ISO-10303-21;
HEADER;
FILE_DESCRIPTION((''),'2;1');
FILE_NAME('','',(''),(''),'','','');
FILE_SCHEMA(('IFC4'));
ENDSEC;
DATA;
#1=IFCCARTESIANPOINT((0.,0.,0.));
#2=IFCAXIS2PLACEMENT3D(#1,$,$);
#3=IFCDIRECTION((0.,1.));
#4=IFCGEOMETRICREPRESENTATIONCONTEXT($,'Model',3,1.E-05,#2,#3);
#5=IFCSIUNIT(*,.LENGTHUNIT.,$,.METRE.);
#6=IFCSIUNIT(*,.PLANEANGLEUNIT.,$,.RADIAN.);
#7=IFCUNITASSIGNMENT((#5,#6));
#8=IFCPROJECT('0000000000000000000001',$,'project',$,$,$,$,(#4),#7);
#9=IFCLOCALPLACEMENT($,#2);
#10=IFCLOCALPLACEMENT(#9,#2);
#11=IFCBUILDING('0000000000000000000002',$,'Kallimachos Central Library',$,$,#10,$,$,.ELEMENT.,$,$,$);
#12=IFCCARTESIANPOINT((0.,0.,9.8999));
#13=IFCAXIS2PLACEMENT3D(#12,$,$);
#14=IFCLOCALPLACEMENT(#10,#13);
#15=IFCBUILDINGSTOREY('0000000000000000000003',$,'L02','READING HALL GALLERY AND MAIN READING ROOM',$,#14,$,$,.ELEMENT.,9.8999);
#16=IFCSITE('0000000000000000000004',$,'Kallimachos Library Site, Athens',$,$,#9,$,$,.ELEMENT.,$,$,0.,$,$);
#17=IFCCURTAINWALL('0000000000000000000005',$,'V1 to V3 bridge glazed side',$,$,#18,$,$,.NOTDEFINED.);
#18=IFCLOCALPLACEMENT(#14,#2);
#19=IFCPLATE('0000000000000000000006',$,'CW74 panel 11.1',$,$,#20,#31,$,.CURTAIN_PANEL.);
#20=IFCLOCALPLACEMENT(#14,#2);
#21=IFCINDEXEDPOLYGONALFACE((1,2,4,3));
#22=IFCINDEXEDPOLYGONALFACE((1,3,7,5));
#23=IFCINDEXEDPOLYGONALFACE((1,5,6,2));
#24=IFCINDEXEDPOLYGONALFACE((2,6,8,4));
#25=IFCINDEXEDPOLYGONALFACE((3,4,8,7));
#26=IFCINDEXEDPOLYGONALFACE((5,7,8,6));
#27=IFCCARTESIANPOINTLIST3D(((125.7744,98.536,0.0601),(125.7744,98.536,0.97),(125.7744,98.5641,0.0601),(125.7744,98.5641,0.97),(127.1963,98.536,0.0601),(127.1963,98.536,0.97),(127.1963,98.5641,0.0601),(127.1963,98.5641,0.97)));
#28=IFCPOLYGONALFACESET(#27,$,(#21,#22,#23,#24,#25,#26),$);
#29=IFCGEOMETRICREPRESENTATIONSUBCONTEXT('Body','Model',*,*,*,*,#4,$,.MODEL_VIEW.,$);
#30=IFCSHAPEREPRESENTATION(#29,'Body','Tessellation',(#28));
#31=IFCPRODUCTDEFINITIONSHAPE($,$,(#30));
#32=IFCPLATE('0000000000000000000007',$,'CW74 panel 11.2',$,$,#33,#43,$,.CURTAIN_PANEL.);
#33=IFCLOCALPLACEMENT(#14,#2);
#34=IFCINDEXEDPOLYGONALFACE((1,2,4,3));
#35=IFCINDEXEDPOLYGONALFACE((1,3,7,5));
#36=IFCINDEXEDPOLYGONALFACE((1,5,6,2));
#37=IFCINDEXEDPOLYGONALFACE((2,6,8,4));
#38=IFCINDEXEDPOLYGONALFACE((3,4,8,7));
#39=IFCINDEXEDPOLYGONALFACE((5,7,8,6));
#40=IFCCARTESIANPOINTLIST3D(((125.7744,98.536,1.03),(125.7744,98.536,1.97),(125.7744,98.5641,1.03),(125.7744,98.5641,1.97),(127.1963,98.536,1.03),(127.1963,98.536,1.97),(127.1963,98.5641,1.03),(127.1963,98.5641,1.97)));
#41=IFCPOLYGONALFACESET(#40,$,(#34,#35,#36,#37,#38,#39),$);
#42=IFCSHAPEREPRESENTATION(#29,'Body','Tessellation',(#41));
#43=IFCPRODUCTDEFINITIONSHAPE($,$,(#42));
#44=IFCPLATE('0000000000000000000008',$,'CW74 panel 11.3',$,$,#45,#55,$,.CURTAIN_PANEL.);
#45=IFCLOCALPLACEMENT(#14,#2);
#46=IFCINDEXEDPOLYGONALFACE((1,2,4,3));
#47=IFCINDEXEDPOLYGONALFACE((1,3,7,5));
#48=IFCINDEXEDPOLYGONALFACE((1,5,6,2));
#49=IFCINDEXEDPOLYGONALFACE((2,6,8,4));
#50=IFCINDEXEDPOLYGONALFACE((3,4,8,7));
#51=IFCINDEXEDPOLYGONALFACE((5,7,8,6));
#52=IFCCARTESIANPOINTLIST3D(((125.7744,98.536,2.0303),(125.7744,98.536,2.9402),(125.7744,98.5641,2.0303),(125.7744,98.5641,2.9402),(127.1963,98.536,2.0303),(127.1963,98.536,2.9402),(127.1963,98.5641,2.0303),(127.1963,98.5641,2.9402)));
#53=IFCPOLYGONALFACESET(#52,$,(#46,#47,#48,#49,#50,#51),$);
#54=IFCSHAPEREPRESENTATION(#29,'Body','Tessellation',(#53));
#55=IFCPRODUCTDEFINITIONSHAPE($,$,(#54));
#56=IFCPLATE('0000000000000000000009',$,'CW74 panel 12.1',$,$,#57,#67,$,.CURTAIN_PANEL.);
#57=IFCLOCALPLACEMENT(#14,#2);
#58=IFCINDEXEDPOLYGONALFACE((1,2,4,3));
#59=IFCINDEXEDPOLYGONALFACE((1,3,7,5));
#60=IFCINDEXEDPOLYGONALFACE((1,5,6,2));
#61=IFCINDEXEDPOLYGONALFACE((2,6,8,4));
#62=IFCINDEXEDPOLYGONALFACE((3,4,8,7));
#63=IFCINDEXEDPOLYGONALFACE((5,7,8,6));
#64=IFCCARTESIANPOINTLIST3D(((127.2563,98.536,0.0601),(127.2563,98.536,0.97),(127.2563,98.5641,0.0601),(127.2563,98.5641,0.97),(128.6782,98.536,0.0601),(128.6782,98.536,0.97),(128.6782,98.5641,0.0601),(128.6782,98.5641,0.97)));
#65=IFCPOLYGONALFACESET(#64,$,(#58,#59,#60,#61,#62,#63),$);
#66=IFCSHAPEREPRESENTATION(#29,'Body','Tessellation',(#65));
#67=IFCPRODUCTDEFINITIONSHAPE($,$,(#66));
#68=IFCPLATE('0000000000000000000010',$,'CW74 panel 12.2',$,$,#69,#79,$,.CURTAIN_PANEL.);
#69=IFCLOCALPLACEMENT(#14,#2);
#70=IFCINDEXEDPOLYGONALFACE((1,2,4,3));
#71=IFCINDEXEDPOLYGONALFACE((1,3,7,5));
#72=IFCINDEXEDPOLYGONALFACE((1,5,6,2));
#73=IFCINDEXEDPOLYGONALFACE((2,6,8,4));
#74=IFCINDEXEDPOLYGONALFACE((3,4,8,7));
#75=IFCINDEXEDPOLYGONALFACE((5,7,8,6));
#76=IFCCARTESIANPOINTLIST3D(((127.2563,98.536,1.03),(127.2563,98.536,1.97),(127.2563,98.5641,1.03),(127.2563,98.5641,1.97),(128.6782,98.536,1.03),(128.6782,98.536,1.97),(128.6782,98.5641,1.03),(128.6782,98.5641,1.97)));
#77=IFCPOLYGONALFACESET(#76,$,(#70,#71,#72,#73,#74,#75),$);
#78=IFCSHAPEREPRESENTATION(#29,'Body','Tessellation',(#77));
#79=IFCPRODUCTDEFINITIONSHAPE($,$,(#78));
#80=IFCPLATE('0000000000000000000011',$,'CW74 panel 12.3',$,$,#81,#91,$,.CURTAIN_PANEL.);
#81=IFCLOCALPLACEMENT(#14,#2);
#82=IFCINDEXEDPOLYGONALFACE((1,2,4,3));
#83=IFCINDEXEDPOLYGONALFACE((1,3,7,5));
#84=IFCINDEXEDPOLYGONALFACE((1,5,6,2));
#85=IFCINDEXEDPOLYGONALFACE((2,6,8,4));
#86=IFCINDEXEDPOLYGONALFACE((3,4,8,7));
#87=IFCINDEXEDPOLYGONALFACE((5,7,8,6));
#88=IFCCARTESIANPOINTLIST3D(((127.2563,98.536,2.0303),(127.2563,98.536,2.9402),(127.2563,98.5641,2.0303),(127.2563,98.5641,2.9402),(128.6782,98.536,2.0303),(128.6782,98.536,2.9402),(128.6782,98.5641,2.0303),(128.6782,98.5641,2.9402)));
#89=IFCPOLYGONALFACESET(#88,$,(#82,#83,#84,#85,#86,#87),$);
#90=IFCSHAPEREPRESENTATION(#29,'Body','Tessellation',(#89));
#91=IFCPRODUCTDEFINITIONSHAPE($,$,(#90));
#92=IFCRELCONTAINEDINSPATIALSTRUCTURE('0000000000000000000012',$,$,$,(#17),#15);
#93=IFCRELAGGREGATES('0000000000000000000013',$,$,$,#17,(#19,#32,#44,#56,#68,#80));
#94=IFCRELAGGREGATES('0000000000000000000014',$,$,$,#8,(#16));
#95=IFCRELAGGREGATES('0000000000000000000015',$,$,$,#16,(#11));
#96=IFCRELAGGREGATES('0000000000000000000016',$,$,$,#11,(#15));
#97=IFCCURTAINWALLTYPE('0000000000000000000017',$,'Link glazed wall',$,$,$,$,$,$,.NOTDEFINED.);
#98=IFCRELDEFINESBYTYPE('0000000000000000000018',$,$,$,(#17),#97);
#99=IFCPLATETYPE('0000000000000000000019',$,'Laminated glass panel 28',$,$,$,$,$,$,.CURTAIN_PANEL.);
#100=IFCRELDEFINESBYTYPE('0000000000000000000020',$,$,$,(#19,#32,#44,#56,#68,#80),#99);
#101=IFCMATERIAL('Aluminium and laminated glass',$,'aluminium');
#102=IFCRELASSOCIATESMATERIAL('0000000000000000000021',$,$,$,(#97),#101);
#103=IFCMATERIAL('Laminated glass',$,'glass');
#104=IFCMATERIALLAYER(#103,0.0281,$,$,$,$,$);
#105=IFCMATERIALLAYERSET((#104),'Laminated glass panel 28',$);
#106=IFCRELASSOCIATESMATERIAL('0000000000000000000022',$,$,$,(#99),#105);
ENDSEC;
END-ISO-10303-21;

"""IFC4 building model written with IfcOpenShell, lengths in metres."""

from ifc_helpers import new_model, si_unit, direction, frame, origin, origin_2d, place, context, subcontext, project, spatial, rectangle, extrude, material, layer, layer_set, type_object, element, aggregate, save


model = new_model("IFC4")

# Units and contexts
model_context = context("Model", 3, precision=1e-05, world=origin(), true_north=direction((0.0, 1.0)))
body_context = subcontext(model_context, "Body", "Model", "MODEL_VIEW")
ifc_project = project(units=[si_unit("LENGTHUNIT", "METRE"), si_unit("PLANEANGLEUNIT", "RADIAN")], contexts=[model_context])

# Site, building, storey
site_placement = place(None, origin())
site = spatial("IfcSite", under=ifc_project, at=site_placement, Name="Kallimachos Library Site, Athens", CompositionType="ELEMENT", RefElevation=0.0)
building_placement = place(site_placement, origin())
building = spatial("IfcBuilding", under=site, at=building_placement, Name="Kallimachos Central Library", CompositionType="ELEMENT")
storey_placement = place(building_placement, frame((0.0, 0.0, 9.8999)))
storey = spatial("IfcBuildingStorey", under=building, at=storey_placement, Name="L02", Description="READING HALL GALLERY AND MAIN READING ROOM", CompositionType="ELEMENT", Elevation=9.8999)

# Curtain wall
ifc_material_1 = material(Name="Aluminium and laminated glass", Category="aluminium")
curtain_wall_type = type_object("IfcCurtainWallType", Name="Link glazed wall", PredefinedType="NOTDEFINED", material=ifc_material_1)
curtain_wall_placement = place(storey_placement, origin())
curtain_wall = element("IfcCurtainWall", 1, at=curtain_wall_placement, inside=storey, type_object=curtain_wall_type, Name="V1 to V3 bridge glazed side", PredefinedType="NOTDEFINED")

# Plates
ifc_material_2 = material(Name="Laminated glass", Category="glass")
ifc_layer = layer(ifc_material_2, 0.0281)
ifc_layer_set = layer_set([ifc_layer], Name="Laminated glass panel 28")
plate_type = type_object("IfcPlateType", Name="Laminated glass panel 28", PredefinedType="CURTAIN_PANEL", material=ifc_layer_set)
plate_1_placement = place(storey_placement, frame((126.4854, 98.55, 0.0601), z_axis=(0.0, 0.0, 1.0), x_axis=(1.0, 0.0, 0.0)))
plate_1 = element("IfcPlate", 2, at=plate_1_placement, type_object=plate_type, Name="CW74 panel 11.1", PredefinedType="CURTAIN_PANEL", context=body_context, shape_type="SweptSolid", body=[
    extrude(rectangle(XDim=1.4219, YDim=0.0281, at=origin_2d()), origin(), (0.0, 0.0, 1.0), 0.9099),
])
plate_2_placement = place(storey_placement, frame((126.4854, 98.55, 1.03), z_axis=(0.0, 0.0, 1.0), x_axis=(1.0, 0.0, 0.0)))
plate_2 = element("IfcPlate", 3, at=plate_2_placement, type_object=plate_type, Name="CW74 panel 11.2", PredefinedType="CURTAIN_PANEL", context=body_context, shape_type="SweptSolid", body=[
    extrude(rectangle(XDim=1.4219, YDim=0.0281, at=origin_2d()), origin(), (0.0, 0.0, 1.0), 0.9399),
])
plate_3_placement = place(storey_placement, frame((126.4854, 98.55, 2.0303), z_axis=(0.0, 0.0, 1.0), x_axis=(1.0, 0.0, 0.0)))
plate_3 = element("IfcPlate", 4, at=plate_3_placement, type_object=plate_type, Name="CW74 panel 11.3", PredefinedType="CURTAIN_PANEL", context=body_context, shape_type="SweptSolid", body=[
    extrude(rectangle(XDim=1.4219, YDim=0.0281, at=origin_2d()), origin(), (0.0, 0.0, 1.0), 0.9099),
])
plate_4_placement = place(storey_placement, frame((127.9673, 98.55, 0.0601), z_axis=(0.0, 0.0, 1.0), x_axis=(1.0, 0.0, 0.0)))
plate_4 = element("IfcPlate", 5, at=plate_4_placement, type_object=plate_type, Name="CW74 panel 12.1", PredefinedType="CURTAIN_PANEL", context=body_context, shape_type="SweptSolid", body=[
    extrude(rectangle(XDim=1.4219, YDim=0.0281, at=origin_2d()), origin(), (0.0, 0.0, 1.0), 0.9099),
])
plate_5_placement = place(storey_placement, frame((127.9673, 98.55, 1.03), z_axis=(0.0, 0.0, 1.0), x_axis=(1.0, 0.0, 0.0)))
plate_5 = element("IfcPlate", 6, at=plate_5_placement, type_object=plate_type, Name="CW74 panel 12.2", PredefinedType="CURTAIN_PANEL", context=body_context, shape_type="SweptSolid", body=[
    extrude(rectangle(XDim=1.4219, YDim=0.0281, at=origin_2d()), origin(), (0.0, 0.0, 1.0), 0.9399),
])
plate_6_placement = place(storey_placement, frame((127.9673, 98.55, 2.0303), z_axis=(0.0, 0.0, 1.0), x_axis=(1.0, 0.0, 0.0)))
plate_6 = element("IfcPlate", 7, at=plate_6_placement, type_object=plate_type, Name="CW74 panel 12.3", PredefinedType="CURTAIN_PANEL", context=body_context, shape_type="SweptSolid", body=[
    extrude(rectangle(XDim=1.4219, YDim=0.0281, at=origin_2d()), origin(), (0.0, 0.0, 1.0), 0.9099),
])
aggregate(curtain_wall, [plate_1, plate_2, plate_3, plate_4, plate_5, plate_6])

save(model, "model.ifc")
